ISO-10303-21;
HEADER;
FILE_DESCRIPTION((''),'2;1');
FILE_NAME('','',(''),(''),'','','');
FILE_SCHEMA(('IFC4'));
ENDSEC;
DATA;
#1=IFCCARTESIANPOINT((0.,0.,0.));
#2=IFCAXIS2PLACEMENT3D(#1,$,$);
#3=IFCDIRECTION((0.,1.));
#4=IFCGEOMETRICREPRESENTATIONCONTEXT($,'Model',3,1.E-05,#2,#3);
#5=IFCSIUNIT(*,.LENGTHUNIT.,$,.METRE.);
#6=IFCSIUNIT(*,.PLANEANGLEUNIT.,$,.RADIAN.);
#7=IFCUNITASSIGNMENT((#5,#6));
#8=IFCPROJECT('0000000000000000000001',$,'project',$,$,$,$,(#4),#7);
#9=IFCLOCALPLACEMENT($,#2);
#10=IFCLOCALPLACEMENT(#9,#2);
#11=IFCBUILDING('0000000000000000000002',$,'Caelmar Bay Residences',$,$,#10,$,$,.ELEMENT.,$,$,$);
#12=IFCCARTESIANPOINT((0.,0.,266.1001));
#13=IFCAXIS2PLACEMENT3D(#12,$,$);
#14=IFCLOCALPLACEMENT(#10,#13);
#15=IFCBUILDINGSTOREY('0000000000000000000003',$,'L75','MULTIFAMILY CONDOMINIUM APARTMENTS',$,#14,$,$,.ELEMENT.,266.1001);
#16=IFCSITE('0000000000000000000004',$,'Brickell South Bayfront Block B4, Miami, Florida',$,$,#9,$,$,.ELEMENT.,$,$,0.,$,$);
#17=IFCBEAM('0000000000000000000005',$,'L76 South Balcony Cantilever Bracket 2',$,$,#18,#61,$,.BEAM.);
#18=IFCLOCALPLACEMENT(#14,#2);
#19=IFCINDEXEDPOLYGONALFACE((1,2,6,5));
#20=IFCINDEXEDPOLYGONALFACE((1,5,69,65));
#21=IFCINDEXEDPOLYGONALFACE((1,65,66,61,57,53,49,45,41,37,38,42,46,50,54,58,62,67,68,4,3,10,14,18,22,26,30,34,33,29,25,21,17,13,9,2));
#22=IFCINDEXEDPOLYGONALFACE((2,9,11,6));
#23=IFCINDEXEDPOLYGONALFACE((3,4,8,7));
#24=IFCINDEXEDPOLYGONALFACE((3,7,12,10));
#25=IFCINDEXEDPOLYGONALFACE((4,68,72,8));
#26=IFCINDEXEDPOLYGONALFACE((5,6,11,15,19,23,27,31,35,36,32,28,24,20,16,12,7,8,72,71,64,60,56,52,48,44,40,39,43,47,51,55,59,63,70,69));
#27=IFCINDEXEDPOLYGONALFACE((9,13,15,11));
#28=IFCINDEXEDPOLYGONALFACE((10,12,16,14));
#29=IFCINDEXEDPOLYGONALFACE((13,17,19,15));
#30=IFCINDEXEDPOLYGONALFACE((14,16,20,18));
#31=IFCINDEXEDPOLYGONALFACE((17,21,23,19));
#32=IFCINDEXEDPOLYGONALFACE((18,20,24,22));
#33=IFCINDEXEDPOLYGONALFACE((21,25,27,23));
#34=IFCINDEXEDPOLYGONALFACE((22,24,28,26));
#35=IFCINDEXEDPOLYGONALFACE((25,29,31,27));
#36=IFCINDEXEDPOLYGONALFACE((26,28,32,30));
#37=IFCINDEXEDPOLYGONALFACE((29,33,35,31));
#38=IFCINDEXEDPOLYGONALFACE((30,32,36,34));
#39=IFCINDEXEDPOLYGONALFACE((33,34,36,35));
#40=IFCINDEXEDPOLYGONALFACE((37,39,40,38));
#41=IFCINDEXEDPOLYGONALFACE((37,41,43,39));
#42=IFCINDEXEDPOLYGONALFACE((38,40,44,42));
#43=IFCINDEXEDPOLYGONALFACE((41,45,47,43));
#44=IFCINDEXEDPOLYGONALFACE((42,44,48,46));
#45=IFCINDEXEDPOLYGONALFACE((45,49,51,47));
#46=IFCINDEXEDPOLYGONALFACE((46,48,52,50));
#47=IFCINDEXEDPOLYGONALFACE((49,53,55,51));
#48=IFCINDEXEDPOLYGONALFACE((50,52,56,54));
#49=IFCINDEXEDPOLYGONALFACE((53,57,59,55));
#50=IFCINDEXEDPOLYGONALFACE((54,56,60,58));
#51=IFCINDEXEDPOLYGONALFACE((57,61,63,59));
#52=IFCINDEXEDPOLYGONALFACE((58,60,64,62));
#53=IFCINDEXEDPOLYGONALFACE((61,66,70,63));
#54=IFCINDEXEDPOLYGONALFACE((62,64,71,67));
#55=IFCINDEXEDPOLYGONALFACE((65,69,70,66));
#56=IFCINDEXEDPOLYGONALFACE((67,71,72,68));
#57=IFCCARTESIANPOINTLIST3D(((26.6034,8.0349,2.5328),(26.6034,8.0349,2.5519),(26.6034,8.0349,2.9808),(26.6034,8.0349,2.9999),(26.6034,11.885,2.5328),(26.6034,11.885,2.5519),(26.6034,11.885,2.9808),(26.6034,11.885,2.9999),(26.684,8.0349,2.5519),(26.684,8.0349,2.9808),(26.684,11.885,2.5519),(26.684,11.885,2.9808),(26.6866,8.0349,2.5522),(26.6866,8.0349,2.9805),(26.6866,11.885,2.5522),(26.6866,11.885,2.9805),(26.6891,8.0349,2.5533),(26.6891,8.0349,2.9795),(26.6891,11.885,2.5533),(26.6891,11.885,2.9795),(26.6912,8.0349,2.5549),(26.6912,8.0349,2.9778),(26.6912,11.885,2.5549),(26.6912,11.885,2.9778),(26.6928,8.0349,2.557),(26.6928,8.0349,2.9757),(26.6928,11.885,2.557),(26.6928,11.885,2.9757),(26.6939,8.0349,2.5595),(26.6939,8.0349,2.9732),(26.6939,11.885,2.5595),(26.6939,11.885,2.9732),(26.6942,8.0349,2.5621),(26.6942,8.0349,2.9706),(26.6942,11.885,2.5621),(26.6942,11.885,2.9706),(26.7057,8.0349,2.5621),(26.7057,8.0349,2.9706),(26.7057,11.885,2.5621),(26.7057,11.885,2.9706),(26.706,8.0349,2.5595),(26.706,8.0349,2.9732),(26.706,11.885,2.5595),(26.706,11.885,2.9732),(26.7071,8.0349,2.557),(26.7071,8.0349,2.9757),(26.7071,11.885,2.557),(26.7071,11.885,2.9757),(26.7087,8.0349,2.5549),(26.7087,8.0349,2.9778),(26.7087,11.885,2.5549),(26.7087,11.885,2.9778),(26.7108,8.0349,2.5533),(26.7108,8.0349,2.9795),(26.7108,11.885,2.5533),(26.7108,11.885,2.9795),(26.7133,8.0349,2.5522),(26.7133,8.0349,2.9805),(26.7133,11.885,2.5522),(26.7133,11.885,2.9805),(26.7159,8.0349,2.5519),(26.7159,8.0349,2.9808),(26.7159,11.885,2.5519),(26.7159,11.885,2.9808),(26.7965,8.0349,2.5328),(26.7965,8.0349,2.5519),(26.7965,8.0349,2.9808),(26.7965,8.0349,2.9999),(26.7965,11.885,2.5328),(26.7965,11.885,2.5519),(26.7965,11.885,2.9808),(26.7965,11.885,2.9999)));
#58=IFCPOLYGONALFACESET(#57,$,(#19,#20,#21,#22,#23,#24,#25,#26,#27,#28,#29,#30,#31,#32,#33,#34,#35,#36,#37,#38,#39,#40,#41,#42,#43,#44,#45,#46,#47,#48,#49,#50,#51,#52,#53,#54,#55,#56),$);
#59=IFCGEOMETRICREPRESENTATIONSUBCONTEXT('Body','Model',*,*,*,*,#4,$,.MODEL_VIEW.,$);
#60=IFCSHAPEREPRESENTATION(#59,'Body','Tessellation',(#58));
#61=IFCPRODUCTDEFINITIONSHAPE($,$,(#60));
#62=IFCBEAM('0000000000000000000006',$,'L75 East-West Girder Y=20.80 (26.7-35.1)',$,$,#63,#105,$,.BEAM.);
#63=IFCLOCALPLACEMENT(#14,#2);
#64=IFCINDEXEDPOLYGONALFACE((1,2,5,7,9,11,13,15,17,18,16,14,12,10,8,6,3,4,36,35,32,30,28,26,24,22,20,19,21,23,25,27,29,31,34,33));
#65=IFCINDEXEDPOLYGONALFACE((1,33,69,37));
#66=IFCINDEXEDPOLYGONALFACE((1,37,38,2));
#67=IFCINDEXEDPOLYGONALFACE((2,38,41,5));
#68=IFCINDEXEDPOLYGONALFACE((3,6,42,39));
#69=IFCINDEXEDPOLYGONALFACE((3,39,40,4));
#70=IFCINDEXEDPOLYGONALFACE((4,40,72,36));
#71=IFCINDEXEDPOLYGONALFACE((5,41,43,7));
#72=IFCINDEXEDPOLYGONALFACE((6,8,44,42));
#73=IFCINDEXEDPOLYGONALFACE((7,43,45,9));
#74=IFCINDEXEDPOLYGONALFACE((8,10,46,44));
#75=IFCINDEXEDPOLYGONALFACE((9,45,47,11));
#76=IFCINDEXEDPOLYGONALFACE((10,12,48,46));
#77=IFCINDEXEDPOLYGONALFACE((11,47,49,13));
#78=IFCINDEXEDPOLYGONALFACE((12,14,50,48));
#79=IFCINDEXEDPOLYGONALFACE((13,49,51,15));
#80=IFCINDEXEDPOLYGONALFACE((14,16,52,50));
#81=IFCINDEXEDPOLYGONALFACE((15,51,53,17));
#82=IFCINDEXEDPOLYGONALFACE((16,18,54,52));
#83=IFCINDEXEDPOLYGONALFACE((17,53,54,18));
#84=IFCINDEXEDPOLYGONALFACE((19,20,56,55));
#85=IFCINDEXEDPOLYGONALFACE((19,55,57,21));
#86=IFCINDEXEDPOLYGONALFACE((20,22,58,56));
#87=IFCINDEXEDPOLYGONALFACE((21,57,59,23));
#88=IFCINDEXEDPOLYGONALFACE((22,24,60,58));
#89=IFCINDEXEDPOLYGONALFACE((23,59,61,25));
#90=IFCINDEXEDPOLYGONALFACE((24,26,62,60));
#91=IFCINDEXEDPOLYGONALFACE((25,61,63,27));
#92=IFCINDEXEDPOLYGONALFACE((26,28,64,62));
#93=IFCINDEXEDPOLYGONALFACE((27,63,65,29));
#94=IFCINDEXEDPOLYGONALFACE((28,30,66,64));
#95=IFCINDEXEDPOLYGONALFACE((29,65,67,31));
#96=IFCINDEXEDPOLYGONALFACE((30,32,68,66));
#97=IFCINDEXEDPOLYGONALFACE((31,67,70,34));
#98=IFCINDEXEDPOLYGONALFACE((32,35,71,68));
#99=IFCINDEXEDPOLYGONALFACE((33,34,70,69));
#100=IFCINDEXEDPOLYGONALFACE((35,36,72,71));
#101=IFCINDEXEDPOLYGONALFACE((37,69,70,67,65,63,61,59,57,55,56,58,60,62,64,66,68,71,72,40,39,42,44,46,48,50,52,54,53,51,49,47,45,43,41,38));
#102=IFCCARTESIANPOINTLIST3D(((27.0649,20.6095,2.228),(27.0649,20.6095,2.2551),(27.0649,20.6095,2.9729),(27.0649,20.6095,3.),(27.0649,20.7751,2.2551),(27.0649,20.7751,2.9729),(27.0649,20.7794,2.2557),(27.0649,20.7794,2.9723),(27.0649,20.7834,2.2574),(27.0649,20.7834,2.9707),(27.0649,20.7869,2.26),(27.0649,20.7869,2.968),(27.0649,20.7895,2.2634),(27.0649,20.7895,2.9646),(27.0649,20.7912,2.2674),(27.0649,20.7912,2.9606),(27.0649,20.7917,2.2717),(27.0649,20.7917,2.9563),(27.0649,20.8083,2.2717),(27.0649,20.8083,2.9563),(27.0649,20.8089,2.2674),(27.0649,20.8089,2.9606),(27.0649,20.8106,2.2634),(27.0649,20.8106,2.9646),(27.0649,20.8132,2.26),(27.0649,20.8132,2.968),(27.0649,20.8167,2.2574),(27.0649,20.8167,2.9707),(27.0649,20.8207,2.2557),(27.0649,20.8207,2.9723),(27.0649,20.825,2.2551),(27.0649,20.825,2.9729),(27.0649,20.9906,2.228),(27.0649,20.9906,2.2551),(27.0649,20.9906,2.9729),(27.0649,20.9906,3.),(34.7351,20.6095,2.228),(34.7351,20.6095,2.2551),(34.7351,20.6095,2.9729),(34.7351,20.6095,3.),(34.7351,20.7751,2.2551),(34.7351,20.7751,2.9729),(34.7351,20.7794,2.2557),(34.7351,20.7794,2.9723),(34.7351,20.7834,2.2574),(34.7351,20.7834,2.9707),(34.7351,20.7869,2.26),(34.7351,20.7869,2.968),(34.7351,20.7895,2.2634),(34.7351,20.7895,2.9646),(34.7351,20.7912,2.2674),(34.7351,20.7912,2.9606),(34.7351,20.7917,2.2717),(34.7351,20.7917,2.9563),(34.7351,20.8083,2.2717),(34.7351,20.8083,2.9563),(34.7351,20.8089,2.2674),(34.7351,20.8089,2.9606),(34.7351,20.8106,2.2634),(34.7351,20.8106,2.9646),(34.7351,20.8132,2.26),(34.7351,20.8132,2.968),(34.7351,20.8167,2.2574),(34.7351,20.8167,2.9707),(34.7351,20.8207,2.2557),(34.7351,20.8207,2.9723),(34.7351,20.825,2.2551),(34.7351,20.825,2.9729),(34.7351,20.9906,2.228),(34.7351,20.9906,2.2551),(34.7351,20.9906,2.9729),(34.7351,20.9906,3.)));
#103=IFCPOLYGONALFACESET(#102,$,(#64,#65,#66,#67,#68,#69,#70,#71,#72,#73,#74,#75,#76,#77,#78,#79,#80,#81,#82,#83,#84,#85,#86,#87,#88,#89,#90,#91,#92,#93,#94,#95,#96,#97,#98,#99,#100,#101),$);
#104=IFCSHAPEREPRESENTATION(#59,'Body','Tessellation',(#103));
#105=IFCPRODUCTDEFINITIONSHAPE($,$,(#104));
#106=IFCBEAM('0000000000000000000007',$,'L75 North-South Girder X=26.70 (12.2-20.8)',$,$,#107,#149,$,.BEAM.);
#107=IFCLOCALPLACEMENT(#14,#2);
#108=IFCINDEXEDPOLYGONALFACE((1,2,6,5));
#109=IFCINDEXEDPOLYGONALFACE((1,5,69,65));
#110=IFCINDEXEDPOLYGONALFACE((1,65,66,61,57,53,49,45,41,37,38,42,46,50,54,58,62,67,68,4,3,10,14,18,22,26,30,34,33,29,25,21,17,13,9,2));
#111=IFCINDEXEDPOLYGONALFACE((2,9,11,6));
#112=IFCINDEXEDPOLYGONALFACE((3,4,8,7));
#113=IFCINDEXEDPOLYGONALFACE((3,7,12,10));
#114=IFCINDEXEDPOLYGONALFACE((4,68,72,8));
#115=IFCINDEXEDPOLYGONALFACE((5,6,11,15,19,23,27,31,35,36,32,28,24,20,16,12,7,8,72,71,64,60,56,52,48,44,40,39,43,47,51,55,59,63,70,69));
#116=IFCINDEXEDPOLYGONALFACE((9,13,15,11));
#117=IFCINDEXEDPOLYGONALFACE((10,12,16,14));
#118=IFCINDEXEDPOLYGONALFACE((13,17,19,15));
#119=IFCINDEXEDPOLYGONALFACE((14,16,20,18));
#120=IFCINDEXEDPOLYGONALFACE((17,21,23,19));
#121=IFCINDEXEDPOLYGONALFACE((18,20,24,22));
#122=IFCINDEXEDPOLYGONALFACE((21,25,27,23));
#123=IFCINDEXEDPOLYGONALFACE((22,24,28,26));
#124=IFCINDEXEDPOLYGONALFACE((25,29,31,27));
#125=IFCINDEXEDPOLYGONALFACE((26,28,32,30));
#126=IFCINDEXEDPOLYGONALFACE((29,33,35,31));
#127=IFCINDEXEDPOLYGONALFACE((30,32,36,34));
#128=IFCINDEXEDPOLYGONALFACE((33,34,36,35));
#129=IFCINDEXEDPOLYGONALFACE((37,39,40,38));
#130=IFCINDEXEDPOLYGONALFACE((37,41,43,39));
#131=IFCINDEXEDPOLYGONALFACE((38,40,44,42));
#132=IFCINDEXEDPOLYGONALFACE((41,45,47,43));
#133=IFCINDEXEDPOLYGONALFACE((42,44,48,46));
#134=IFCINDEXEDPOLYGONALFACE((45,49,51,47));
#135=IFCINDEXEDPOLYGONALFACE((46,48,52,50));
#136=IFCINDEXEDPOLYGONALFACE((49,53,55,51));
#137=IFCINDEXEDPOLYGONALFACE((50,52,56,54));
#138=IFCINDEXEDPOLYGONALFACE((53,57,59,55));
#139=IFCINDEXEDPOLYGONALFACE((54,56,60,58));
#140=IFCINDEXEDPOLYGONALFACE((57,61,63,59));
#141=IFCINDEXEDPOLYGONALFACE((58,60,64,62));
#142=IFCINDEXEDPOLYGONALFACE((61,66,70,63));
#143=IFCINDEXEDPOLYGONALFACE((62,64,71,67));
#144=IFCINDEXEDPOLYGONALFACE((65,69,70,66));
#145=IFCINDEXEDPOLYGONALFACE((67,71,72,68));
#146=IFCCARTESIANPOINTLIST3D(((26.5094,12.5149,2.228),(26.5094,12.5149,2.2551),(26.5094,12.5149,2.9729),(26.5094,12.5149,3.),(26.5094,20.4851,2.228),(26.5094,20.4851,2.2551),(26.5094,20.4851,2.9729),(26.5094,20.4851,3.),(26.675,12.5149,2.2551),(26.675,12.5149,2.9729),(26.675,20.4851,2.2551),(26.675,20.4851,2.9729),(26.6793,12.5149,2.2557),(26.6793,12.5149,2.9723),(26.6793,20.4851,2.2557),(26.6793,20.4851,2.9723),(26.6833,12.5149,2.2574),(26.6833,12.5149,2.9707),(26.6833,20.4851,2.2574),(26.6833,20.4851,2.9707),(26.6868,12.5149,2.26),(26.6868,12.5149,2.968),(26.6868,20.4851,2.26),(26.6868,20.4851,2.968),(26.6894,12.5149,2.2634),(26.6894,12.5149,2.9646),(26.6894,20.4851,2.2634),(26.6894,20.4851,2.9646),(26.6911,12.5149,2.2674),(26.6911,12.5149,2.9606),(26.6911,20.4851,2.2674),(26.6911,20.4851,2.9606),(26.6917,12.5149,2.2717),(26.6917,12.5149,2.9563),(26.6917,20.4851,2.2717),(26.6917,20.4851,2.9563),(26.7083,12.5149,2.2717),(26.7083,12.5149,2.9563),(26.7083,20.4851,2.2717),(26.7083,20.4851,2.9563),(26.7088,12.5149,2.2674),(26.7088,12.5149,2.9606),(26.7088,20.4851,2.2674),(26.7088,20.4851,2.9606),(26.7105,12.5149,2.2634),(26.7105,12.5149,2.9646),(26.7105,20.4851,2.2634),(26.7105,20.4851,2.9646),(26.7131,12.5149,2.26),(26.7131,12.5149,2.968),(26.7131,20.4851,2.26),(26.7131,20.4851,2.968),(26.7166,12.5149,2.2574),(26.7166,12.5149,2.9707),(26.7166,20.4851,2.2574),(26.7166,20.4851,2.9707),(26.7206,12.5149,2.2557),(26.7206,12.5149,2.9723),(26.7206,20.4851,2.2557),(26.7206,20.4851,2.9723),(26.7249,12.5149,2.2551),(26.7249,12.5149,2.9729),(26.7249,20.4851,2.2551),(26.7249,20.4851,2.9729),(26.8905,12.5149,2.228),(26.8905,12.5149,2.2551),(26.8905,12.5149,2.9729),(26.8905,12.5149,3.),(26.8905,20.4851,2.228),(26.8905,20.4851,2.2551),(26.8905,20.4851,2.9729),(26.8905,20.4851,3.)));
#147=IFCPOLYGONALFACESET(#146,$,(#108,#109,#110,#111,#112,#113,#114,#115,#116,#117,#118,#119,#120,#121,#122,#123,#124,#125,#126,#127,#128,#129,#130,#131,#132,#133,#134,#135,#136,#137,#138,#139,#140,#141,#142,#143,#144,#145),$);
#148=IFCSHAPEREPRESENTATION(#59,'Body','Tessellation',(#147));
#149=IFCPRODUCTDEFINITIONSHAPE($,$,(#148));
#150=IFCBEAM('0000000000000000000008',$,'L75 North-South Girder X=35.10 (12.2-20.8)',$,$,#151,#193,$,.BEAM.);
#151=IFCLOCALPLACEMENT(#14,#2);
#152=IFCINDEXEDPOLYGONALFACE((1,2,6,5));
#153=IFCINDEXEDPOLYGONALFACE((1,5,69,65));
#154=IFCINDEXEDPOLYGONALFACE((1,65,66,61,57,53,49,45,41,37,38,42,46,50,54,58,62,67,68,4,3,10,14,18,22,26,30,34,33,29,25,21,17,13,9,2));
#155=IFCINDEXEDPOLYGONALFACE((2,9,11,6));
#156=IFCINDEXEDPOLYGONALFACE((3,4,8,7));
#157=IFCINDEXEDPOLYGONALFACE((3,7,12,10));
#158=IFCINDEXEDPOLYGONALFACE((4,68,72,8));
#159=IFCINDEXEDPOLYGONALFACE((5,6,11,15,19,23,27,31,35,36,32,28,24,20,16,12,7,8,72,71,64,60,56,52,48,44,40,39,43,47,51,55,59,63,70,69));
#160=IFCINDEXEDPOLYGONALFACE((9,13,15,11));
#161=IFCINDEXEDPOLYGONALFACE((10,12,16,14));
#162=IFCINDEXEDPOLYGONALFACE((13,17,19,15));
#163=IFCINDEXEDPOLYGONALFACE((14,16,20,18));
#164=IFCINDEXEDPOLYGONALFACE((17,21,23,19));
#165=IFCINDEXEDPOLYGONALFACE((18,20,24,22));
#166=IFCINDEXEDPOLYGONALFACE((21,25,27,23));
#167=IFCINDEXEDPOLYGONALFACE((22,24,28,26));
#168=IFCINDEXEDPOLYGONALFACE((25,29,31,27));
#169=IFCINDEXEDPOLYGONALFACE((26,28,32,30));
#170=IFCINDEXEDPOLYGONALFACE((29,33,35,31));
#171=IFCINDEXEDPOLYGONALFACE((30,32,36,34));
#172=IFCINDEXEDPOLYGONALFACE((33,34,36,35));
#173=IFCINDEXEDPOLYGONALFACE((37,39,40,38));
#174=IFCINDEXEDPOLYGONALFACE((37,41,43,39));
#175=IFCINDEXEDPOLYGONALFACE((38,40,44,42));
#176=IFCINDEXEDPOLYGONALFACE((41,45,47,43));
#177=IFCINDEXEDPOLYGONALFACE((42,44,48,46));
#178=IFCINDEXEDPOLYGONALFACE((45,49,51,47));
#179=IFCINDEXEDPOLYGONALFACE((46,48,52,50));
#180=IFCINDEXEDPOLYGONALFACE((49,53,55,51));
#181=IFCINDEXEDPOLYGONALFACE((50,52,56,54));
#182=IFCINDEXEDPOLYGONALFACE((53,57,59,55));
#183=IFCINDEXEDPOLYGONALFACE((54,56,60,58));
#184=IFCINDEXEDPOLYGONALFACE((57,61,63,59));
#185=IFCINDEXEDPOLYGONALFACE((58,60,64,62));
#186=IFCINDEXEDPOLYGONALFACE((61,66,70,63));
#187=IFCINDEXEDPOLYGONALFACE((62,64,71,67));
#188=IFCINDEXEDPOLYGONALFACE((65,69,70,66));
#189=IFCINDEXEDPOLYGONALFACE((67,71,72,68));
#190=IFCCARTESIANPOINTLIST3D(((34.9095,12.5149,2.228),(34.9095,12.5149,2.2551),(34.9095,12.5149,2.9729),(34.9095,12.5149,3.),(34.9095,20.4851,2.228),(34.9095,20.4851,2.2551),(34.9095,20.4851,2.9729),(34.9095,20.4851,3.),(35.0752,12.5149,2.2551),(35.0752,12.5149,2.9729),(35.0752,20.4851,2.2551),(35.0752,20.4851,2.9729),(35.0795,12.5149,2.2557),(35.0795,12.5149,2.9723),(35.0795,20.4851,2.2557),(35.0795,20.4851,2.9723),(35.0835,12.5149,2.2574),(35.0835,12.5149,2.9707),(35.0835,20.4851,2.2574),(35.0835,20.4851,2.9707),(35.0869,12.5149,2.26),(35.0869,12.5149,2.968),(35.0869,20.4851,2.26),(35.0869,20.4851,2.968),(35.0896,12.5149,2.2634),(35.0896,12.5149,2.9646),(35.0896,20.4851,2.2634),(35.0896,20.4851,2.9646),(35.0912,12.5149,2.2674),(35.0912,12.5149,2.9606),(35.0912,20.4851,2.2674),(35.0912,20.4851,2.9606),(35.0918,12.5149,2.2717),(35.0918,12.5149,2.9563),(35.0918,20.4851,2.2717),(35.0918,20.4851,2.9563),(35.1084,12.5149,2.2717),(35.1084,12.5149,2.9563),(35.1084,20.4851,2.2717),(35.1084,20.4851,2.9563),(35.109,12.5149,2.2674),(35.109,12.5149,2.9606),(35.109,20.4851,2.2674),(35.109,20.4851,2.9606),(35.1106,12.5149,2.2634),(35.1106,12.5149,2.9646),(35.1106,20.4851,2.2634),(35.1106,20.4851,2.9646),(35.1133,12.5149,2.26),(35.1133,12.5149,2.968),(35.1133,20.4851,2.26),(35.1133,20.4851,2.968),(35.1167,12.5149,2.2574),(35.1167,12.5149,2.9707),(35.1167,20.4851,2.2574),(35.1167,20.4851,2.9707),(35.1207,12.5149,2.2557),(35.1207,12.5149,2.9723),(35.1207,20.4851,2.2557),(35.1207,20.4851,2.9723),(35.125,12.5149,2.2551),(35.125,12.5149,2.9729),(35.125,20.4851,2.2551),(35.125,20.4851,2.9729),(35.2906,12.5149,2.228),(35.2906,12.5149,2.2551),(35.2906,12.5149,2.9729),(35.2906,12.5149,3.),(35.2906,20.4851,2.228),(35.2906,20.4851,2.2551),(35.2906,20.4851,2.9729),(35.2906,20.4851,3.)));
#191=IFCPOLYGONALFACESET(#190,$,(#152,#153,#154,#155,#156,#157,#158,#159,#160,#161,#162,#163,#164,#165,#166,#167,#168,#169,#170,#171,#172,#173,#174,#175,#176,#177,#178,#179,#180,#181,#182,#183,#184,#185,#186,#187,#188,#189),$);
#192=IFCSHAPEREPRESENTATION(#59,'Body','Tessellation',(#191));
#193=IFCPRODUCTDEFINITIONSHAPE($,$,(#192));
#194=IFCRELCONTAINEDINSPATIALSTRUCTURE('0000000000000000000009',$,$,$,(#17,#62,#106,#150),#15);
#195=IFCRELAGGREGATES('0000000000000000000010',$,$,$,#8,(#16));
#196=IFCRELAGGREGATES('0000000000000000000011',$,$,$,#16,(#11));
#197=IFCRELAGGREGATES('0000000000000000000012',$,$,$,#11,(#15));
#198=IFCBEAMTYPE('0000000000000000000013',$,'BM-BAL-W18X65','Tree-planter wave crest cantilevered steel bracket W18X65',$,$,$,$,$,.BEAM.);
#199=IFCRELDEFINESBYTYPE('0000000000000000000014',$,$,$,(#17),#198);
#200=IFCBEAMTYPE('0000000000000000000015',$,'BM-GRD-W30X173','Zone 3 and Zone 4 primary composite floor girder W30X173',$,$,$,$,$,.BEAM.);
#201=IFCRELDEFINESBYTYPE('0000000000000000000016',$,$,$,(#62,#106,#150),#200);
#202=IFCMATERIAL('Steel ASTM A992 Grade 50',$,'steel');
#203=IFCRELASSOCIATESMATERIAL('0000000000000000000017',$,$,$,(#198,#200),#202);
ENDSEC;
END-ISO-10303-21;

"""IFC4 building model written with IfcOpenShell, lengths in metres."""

from ifc_helpers import new_model, si_unit, direction, frame, origin, origin_2d, place, context, subcontext, project, spatial, i_section, extrude, material, material_profile, profile_set, type_object, element, save


model = new_model("IFC4")

# Units and contexts
model_context = context("Model", 3, precision=1e-05, world=origin(), true_north=direction((0.0, 1.0)))
body_context = subcontext(model_context, "Body", "Model", "MODEL_VIEW")
ifc_project = project(units=[si_unit("LENGTHUNIT", "METRE"), si_unit("PLANEANGLEUNIT", "RADIAN")], contexts=[model_context])

# Site, building, storey
site_placement = place(None, origin())
site = spatial("IfcSite", under=ifc_project, at=site_placement, Name="Brickell South Bayfront Block B4, Miami, Florida", CompositionType="ELEMENT", RefElevation=0.0)
building_placement = place(site_placement, origin())
building = spatial("IfcBuilding", under=site, at=building_placement, Name="Caelmar Bay Residences", CompositionType="ELEMENT")
storey_placement = place(building_placement, frame((0.0, 0.0, 266.1001)))
storey = spatial("IfcBuildingStorey", under=building, at=storey_placement, Name="L75", Description="MULTIFAMILY CONDOMINIUM APARTMENTS", CompositionType="ELEMENT", Elevation=266.1001)

# Beams
ifc_material_1 = material(Name="Steel ASTM A992 Grade 50", Category="steel")
ifc_material_profile_1 = material_profile(ifc_material_1, i_section(OverallWidth=0.1931, OverallDepth=0.467, WebThickness=0.0115, FlangeThickness=0.019, FilletRadius=0.0103, at=origin_2d()), Name="W18X65")
ifc_profile_set_1 = profile_set([ifc_material_profile_1], Name="Steel ASTM A992 Grade 50")
beam_type_1 = type_object("IfcBeamType", Name="BM-BAL-W18X65", Description="Tree-planter wave crest cantilevered steel bracket W18X65", PredefinedType="BEAM", material=ifc_profile_set_1)
beam_1_placement = place(storey_placement, frame((26.7, 11.885, 2.7664), z_axis=(0.0, -1.0, 0.0), x_axis=(1.0, 0.0, 0.0)))
element("IfcBeam", 1, at=beam_1_placement, inside=storey, type_object=beam_type_1, Name="L76 South Balcony Cantilever Bracket 2", PredefinedType="BEAM", context=body_context, shape_type="SweptSolid", body=[
    extrude(i_section(OverallWidth=0.1931, OverallDepth=0.467, WebThickness=0.0115, FlangeThickness=0.019, FilletRadius=0.0103, at=origin_2d()), origin(), (0.0, 0.0, 1.0), 3.8501),
])
ifc_material_profile_2 = material_profile(ifc_material_1, i_section(OverallWidth=0.3811, OverallDepth=0.772, WebThickness=0.0166, FlangeThickness=0.0271, FilletRadius=0.0166, at=origin_2d()), Name="W30X173")
ifc_profile_set_2 = profile_set([ifc_material_profile_2], Name="Steel ASTM A992 Grade 50")
beam_type_2 = type_object("IfcBeamType", Name="BM-GRD-W30X173", Description="Zone 3 and Zone 4 primary composite floor girder W30X173", PredefinedType="BEAM", material=ifc_profile_set_2)
beam_2_placement = place(storey_placement, frame((27.0649, 20.8, 2.614), z_axis=(1.0, 0.0, 0.0), x_axis=(0.0, 1.0, 0.0)))
element("IfcBeam", 2, at=beam_2_placement, inside=storey, type_object=beam_type_2, Name="L75 East-West Girder Y=20.80 (26.7-35.1)", PredefinedType="BEAM", context=body_context, shape_type="SweptSolid", body=[
    extrude(i_section(OverallWidth=0.3811, OverallDepth=0.772, WebThickness=0.0166, FlangeThickness=0.0271, FilletRadius=0.0166, at=origin_2d()), origin(), (0.0, 0.0, 1.0), 7.6702),
])
for number, where, z_axis, x_axis, name in (
    (3, (26.7, 12.5149, 2.614), (0.0, 1.0, 0.0), (-1.0, 0.0, 0.0), "L75 North-South Girder X=26.70 (12.2-20.8)"),
    (4, (35.1001, 12.5149, 2.614), (0.0, 1.0, 0.0), (-1.0, 0.0, 0.0), "L75 North-South Girder X=35.10 (12.2-20.8)"),
):
    element("IfcBeam", number, at=place(storey_placement, frame(where, z_axis=z_axis, x_axis=x_axis)), inside=storey, type_object=beam_type_2, Name=name, PredefinedType="BEAM", context=body_context, shape_type="SweptSolid", body=[
        extrude(i_section(OverallWidth=0.3811, OverallDepth=0.772, WebThickness=0.0166, FlangeThickness=0.0271, FilletRadius=0.0166, at=origin_2d()), origin(), (0.0, 0.0, 1.0), 7.9702),
    ])

save(model, "model.ifc")
